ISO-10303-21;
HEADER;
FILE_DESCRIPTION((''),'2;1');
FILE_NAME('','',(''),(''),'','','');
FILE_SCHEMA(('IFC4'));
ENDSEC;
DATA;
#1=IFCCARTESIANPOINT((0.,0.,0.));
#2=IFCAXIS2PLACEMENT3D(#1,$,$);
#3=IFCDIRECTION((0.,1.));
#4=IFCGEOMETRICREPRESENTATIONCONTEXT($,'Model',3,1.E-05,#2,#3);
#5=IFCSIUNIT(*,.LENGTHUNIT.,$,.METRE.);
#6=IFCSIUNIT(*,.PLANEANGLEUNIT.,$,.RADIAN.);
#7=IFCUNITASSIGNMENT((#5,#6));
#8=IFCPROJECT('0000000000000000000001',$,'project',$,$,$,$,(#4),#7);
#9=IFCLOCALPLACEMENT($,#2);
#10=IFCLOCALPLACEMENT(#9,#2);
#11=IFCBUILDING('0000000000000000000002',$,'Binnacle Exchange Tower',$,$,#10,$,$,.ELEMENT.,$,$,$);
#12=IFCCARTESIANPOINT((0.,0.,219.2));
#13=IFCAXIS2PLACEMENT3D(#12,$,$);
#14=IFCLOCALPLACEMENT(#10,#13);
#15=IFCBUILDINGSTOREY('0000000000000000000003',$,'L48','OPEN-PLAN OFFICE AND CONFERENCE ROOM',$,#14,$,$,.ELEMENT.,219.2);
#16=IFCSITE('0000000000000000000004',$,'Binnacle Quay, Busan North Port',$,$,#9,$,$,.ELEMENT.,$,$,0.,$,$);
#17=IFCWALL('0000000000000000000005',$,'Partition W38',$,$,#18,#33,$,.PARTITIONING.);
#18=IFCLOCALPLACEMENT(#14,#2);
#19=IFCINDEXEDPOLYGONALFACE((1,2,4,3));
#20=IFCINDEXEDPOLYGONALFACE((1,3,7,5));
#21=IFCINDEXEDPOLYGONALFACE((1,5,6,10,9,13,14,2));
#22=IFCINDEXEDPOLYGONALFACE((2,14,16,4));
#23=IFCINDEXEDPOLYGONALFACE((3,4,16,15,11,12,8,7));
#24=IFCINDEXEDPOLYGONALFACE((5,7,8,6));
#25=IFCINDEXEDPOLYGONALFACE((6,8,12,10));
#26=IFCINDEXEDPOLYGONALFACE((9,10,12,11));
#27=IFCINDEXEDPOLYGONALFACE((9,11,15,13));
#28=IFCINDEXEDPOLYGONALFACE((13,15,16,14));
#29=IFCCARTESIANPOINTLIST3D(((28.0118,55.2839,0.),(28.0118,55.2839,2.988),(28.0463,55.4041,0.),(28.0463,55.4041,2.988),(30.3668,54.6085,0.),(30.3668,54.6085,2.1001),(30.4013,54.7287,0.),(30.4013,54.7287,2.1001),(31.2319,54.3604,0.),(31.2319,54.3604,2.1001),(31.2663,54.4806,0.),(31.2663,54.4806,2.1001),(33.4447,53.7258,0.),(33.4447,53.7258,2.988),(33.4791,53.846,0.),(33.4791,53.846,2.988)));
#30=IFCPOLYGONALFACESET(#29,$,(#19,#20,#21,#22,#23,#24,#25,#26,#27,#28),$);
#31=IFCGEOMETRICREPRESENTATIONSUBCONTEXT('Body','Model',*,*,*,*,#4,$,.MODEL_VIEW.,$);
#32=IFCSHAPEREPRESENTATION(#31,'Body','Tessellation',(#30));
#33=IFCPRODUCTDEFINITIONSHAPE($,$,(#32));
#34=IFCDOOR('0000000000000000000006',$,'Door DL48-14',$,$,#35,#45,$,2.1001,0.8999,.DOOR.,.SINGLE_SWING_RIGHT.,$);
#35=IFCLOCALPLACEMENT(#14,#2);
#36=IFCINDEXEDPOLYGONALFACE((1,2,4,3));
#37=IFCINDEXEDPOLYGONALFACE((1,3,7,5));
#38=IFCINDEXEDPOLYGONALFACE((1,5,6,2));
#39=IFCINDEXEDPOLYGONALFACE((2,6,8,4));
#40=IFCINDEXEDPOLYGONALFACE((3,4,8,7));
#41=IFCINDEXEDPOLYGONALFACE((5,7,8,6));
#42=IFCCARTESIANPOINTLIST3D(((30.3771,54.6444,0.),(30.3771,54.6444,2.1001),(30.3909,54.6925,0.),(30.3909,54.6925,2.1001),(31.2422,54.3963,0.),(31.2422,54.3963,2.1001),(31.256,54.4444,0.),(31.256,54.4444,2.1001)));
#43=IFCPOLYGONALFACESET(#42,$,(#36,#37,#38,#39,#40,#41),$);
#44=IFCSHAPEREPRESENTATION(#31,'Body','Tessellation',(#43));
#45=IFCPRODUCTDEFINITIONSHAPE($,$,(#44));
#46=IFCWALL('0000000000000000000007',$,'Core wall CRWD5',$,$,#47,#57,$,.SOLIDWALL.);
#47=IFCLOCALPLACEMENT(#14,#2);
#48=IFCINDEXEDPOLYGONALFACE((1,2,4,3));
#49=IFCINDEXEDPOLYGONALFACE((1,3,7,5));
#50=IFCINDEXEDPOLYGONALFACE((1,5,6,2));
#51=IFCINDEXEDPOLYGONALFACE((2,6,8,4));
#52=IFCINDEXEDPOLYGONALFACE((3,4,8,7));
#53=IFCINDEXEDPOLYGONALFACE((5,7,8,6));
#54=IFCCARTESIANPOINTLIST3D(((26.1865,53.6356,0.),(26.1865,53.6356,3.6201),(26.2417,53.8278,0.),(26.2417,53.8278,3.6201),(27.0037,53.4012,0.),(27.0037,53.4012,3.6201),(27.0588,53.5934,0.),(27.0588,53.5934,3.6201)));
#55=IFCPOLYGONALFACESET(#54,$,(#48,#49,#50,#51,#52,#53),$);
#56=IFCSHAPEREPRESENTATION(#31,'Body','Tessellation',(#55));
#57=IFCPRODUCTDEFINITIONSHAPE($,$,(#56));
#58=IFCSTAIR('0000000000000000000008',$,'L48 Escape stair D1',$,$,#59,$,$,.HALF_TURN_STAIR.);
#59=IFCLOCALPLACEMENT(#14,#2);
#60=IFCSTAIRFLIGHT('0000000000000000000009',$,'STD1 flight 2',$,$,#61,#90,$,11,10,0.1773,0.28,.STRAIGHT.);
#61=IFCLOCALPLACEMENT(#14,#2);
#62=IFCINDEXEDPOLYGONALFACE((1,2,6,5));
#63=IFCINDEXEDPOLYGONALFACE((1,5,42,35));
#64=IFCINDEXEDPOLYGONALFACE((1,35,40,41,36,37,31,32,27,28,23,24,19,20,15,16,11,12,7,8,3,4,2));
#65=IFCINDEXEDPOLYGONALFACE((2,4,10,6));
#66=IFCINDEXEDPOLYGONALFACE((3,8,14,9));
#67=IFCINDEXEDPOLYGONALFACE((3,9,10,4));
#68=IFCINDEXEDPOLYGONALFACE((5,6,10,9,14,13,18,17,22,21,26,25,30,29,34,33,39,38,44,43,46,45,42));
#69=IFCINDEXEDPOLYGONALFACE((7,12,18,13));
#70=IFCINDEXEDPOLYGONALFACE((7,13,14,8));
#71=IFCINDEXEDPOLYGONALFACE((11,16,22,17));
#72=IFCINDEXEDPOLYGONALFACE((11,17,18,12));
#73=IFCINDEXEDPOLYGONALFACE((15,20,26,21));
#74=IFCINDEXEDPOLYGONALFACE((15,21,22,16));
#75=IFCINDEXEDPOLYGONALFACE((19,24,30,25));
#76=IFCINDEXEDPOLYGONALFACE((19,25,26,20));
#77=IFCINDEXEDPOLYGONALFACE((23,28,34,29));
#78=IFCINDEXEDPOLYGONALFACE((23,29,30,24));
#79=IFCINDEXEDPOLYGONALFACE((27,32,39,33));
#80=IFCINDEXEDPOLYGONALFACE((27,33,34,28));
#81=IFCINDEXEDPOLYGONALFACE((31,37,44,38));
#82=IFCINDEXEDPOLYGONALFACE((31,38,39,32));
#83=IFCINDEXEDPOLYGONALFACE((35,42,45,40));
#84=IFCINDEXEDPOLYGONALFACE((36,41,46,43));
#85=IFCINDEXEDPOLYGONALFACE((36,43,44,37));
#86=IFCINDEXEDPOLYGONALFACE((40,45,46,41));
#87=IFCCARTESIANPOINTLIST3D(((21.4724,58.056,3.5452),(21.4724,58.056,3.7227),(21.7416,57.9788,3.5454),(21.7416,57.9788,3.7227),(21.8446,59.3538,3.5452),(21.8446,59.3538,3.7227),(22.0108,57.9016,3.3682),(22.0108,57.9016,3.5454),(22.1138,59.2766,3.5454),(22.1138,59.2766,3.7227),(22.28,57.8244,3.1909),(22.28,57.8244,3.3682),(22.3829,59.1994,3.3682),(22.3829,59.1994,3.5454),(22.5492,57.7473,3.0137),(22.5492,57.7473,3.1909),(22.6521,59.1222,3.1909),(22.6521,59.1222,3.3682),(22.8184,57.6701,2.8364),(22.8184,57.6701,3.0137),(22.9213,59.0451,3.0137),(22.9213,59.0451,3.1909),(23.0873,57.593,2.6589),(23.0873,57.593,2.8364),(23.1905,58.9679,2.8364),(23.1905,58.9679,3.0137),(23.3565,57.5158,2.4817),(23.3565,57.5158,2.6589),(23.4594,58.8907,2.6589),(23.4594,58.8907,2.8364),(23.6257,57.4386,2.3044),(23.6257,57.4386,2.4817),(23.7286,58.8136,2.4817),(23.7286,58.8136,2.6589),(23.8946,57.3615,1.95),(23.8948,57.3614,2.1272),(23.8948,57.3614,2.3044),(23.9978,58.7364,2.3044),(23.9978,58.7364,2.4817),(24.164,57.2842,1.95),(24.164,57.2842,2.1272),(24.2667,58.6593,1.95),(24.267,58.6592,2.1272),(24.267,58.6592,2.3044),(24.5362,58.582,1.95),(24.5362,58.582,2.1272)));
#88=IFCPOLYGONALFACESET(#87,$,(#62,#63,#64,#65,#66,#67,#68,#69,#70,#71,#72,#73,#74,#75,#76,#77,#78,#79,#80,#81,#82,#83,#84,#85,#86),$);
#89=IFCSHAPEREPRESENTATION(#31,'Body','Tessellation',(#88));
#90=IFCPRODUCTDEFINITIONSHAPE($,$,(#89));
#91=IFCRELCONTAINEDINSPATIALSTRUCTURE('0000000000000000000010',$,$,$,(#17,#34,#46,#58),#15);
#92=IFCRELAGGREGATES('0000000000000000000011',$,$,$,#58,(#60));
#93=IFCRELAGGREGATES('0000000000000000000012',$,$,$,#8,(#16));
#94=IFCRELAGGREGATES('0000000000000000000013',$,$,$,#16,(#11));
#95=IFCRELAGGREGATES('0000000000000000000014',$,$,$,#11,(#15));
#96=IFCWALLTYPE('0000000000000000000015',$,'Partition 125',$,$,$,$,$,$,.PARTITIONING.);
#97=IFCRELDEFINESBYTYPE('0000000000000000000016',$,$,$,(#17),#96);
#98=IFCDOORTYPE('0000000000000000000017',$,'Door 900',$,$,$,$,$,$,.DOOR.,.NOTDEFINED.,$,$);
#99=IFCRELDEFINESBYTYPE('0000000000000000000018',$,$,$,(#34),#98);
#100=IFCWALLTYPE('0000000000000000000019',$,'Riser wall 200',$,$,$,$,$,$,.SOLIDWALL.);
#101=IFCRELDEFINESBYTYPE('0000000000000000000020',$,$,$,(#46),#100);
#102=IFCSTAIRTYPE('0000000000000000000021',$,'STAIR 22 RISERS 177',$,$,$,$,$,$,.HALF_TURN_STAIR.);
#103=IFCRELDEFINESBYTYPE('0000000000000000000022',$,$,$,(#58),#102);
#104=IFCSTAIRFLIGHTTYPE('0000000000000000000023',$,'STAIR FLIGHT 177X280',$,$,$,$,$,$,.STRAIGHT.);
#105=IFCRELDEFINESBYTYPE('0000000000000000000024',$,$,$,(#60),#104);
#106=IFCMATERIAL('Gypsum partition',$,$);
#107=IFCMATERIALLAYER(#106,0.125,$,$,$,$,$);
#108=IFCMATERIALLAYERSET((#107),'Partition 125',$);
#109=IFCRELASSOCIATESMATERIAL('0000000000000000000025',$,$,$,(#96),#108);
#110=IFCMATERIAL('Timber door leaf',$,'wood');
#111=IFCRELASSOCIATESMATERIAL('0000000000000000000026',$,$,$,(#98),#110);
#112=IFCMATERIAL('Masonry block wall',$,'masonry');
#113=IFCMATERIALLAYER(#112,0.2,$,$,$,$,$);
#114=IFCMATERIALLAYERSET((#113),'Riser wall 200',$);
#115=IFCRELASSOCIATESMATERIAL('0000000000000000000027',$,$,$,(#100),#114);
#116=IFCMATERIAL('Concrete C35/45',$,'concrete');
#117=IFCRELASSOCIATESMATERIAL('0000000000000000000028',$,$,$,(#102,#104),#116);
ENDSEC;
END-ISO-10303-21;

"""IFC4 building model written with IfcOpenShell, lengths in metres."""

from ifc_helpers import new_model, si_unit, direction, frame, frame_2d, origin, place, context, subcontext, project, spatial, polyline, rectangle, outline, extrude, material, layer, layer_set, type_object, element, fill, aggregate, save


model = new_model("IFC4")

# Units and contexts
model_context = context("Model", 3, precision=1e-05, world=origin(), true_north=direction((0.0, 1.0)))
body_context = subcontext(model_context, "Body", "Model", "MODEL_VIEW")
ifc_project = project(units=[si_unit("LENGTHUNIT", "METRE"), si_unit("PLANEANGLEUNIT", "RADIAN")], contexts=[model_context])

# Site, building, storey
site_placement = place(None, origin())
site = spatial("IfcSite", under=ifc_project, at=site_placement, Name="Binnacle Quay, Busan North Port", CompositionType="ELEMENT", RefElevation=0.0)
building_placement = place(site_placement, origin())
building = spatial("IfcBuilding", under=site, at=building_placement, Name="Binnacle Exchange Tower", CompositionType="ELEMENT")
storey_placement = place(building_placement, frame((0.0, 0.0, 219.2)))
storey = spatial("IfcBuildingStorey", under=building, at=storey_placement, Name="L48", Description="OPEN-PLAN OFFICE AND CONFERENCE ROOM", CompositionType="ELEMENT", Elevation=219.2)

# Wall, opening, door
ifc_material_1 = material(Name="Gypsum partition")
ifc_layer_1 = layer(ifc_material_1, 0.125)
ifc_layer_set_1 = layer_set([ifc_layer_1], Name="Partition 125")
wall_type_1 = type_object("IfcWallType", Name="Partition 125", PredefinedType="PARTITIONING", material=ifc_layer_set_1)
wall_1_placement = place(storey_placement, frame((28.0291, 55.344, 0.0), z_axis=(0.0, 0.0, 1.0), x_axis=(0.96125, -0.275679, 0.0)))
wall_1 = element("IfcWall", 1, at=wall_1_placement, inside=storey, type_object=wall_type_1, Name="Partition W38", PredefinedType="PARTITIONING", context=body_context, shape_type="SweptSolid", body=[
    extrude(rectangle(XDim=5.6519, YDim=0.125, at=frame_2d((2.8259, 0.0))), origin(), (0.0, 0.0, 1.0), 2.988),
])
opening_1_placement = place(wall_1_placement, frame((2.45, 0.0, 0.0)))
opening_1 = element("IfcOpeningElement", 2, at=opening_1_placement, cuts=wall_1, PredefinedType="OPENING", context=body_context, shape_type="SweptSolid", body=[
    extrude(rectangle(XDim=0.8999, YDim=2.1001, at=frame_2d((0.45, 1.05))), frame((0.0, 0.0725, 0.0), z_axis=(0.0, -1.0, 0.0), x_axis=(1.0, 0.0, 0.0)), (0.0, 0.0, 1.0), 0.145),
])
ifc_material_2 = material(Name="Timber door leaf", Category="wood")
door_type = type_object("IfcDoorType", Name="Door 900", OperationType="NOTDEFINED", PredefinedType="DOOR", material=ifc_material_2)
door_placement = place(opening_1_placement, origin())
door = element("IfcDoor", 3, at=door_placement, inside=storey, type_object=door_type, Name="Door DL48-14", OperationType="SINGLE_SWING_RIGHT", OverallHeight=2.1001, OverallWidth=0.8999, PredefinedType="DOOR", context=body_context, shape_type="SweptSolid", body=[
    extrude(rectangle(XDim=0.8999, YDim=2.1001, at=frame_2d((0.45, 1.05))), frame((0.0, 0.0249, 0.0), z_axis=(0.0, -1.0, 0.0), x_axis=(1.0, 0.0, 0.0)), (0.0, 0.0, 1.0), 0.05),
])
fill(opening_1, door)

# Wall
ifc_material_3 = material(Name="Masonry block wall", Category="masonry")
ifc_layer_2 = layer(ifc_material_3, 0.2)
ifc_layer_set_2 = layer_set([ifc_layer_2], Name="Riser wall 200")
wall_type_2 = type_object("IfcWallType", Name="Riser wall 200", PredefinedType="SOLIDWALL", material=ifc_layer_set_2)
wall_2_placement = place(storey_placement, frame((26.2141, 53.7317, 0.0), z_axis=(0.0, 0.0, 1.0), x_axis=(0.961242, -0.275707, 0.0)))
element("IfcWall", 4, at=wall_2_placement, inside=storey, type_object=wall_type_2, Name="Core wall CRWD5", PredefinedType="SOLIDWALL", context=body_context, shape_type="SweptSolid", body=[
    extrude(rectangle(XDim=0.8501, YDim=0.2, at=frame_2d((0.425, 0.0))), origin(), (0.0, 0.0, 1.0), 3.6201),
])

# Stair, stair flight
ifc_material_4 = material(Name="Concrete C35/45", Category="concrete")
stair_type = type_object("IfcStairType", Name="STAIR 22 RISERS 177", PredefinedType="HALF_TURN_STAIR", material=ifc_material_4)
stair_placement = place(storey_placement, origin())
stair = element("IfcStair", 5, at=stair_placement, inside=storey, type_object=stair_type, Name="L48 Escape stair D1", PredefinedType="HALF_TURN_STAIR")
stair_flight_type = type_object("IfcStairFlightType", Name="STAIR FLIGHT 177X280", PredefinedType="STRAIGHT", material=ifc_material_4)
stair_flight_placement = place(storey_placement, frame((24.3501, 57.9331, 1.95), z_axis=(0.0, 0.0, 1.0), x_axis=(-0.961262, 0.275637, 0.0)))
stair_flight = element("IfcStairFlight", 6, at=stair_flight_placement, type_object=stair_flight_type, Name="STD1 flight 2", NumberOfRisers=11, NumberOfTreads=10, PredefinedType="STRAIGHT", RiserHeight=0.1773, TreadLength=0.28, context=body_context, shape_type="SweptSolid", body=[
    extrude(outline(polyline([(0.0, 0.0), (0.0, 0.1772), (0.28, 0.1772), (0.28, 0.3545), (0.5601, 0.3545), (0.5601, 0.5317), (0.8401, 0.5317), (0.8401, 0.709), (1.1201, 0.709), (1.1201, 0.8865), (1.3999, 0.8865), (1.3999, 1.0637), (1.6799, 1.0637), (1.6799, 1.241), (1.96, 1.241), (1.96, 1.4182), (2.24, 1.4182), (2.24, 1.5955), (2.52, 1.5955), (2.52, 1.7727), (2.8, 1.7727), (2.8, 1.95), (2.8, 1.5952), (0.2803, 0.0), (0.0, 0.0)])), frame((0.0, 0.675, 0.0), z_axis=(0.0, -1.0, 0.0), x_axis=(1.0, 0.0, 0.0)), (0.0, 0.0, 1.0), 1.3501),
])
aggregate(stair, [stair_flight])

save(model, "model.ifc")
